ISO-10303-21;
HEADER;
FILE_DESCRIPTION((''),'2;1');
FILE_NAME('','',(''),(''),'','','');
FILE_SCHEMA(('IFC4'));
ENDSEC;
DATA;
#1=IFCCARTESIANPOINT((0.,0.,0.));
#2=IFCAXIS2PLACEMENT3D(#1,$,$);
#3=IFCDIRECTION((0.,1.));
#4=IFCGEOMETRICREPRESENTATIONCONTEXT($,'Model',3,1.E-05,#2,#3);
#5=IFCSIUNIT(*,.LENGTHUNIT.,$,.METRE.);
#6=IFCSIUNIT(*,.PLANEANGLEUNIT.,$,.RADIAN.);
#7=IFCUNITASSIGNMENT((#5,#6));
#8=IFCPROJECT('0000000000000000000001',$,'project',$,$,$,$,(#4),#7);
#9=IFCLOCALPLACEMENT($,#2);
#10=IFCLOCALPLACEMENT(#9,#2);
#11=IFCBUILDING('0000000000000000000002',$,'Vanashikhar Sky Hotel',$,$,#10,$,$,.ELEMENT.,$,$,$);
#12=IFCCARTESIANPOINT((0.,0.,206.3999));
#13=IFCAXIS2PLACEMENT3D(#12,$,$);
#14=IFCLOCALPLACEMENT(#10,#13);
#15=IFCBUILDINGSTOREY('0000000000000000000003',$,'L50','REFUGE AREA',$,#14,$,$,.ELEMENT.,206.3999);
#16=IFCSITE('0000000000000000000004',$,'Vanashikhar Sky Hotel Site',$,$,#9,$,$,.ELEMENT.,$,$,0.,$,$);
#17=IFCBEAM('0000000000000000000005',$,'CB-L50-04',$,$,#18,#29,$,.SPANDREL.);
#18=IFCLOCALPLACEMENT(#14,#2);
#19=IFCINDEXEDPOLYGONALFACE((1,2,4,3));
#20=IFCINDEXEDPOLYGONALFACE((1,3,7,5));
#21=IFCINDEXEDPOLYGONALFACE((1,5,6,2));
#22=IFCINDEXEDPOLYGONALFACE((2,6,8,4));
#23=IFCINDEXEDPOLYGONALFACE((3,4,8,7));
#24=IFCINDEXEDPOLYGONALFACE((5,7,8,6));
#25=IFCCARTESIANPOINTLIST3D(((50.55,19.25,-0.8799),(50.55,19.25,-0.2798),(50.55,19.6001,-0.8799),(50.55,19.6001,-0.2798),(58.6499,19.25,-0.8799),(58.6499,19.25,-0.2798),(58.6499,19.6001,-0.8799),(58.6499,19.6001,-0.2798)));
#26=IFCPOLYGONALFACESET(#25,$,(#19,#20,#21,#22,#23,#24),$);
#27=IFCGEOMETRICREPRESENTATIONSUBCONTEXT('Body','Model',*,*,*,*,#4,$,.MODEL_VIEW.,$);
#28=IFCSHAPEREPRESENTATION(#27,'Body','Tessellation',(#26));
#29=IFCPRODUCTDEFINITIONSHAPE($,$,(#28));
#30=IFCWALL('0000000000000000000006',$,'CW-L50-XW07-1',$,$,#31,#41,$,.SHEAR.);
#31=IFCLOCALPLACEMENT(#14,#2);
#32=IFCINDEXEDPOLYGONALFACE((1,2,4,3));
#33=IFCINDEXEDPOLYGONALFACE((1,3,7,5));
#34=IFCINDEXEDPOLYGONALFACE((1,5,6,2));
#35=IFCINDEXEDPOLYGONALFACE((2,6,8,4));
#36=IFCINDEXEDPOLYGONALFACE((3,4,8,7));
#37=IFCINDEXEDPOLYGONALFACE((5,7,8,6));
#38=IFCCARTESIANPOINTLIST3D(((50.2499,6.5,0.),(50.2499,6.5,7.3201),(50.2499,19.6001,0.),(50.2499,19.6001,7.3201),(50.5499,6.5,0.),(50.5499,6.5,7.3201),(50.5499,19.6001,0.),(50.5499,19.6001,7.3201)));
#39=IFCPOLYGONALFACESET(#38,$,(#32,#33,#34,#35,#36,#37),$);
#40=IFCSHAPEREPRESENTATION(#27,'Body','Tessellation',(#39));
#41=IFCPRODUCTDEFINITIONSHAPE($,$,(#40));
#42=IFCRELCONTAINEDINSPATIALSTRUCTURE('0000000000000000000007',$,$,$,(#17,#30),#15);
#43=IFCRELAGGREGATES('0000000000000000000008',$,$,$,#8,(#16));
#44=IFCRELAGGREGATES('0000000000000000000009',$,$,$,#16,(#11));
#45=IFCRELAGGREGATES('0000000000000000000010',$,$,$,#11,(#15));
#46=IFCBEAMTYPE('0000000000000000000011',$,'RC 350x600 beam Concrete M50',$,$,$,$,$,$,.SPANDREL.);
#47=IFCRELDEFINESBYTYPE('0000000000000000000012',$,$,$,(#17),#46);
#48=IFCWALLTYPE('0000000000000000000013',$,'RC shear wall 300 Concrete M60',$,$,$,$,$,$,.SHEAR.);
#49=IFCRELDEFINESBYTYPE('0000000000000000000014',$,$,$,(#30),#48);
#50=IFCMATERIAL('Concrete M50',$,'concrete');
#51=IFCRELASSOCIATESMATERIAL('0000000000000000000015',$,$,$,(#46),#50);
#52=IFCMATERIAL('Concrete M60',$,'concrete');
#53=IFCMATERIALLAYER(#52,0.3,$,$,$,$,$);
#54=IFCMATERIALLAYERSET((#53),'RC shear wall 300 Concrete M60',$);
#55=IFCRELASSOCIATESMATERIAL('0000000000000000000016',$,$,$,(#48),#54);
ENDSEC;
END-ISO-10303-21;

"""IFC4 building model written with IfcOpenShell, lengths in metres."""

from ifc_helpers import new_model, si_unit, direction, frame, frame_2d, origin, origin_2d, place, context, subcontext, project, spatial, rectangle, extrude, source, transform, mapped, material, layer, layer_set, material_profile, profile_set, type_object, element, save


model = new_model("IFC4")

# Units and contexts
model_context = context("Model", 3, precision=1e-05, world=origin(), true_north=direction((0.0, 1.0)))
body_context = subcontext(model_context, "Body", "Model", "MODEL_VIEW")
ifc_project = project(units=[si_unit("LENGTHUNIT", "METRE"), si_unit("PLANEANGLEUNIT", "RADIAN")], contexts=[model_context])

# Site, building, storey
site_placement = place(None, origin())
site = spatial("IfcSite", under=ifc_project, at=site_placement, Name="Vanashikhar Sky Hotel Site", CompositionType="ELEMENT", RefElevation=0.0)
building_placement = place(site_placement, origin())
building = spatial("IfcBuilding", under=site, at=building_placement, Name="Vanashikhar Sky Hotel", CompositionType="ELEMENT")
storey_placement = place(building_placement, frame((0.0, 0.0, 206.3999)))
storey = spatial("IfcBuildingStorey", under=building, at=storey_placement, Name="L50", Description="REFUGE AREA", CompositionType="ELEMENT", Elevation=206.3999)

# Beam
ifc_material_1 = material(Name="Concrete M50", Category="concrete")
ifc_material_profile = material_profile(ifc_material_1, rectangle(XDim=0.3501, YDim=0.6001, at=origin_2d()))
ifc_profile_set = profile_set([ifc_material_profile], Name="RC 350x600 beam Concrete M50")
beam_type = type_object("IfcBeamType", Name="RC 350x600 beam Concrete M50", PredefinedType="SPANDREL", material=ifc_profile_set)
shared_shape_1 = source(origin(), body_context, "Body", "SweptSolid", [
    extrude(rectangle(XDim=0.3501, YDim=0.6001, at=origin_2d()), origin(), (0.0, 0.0, 1.0), 8.0999),
])
beam_placement = place(storey_placement, frame((50.55, 19.425, -0.5798), z_axis=(1.0, 0.0, 0.0), x_axis=(0.0, 1.0, 0.0)))
element("IfcBeam", 1, at=beam_placement, inside=storey, type_object=beam_type, Name="CB-L50-04", PredefinedType="SPANDREL", context=body_context, shape_type="MappedRepresentation", body=[
    mapped(shared_shape_1, transform((0.0, 0.0, 0.0), scale=1.0)),
])

# Wall
ifc_material_2 = material(Name="Concrete M60", Category="concrete")
ifc_layer = layer(ifc_material_2, 0.3)
ifc_layer_set = layer_set([ifc_layer], Name="RC shear wall 300 Concrete M60")
wall_type = type_object("IfcWallType", Name="RC shear wall 300 Concrete M60", PredefinedType="SHEAR", material=ifc_layer_set)
shared_shape_2 = source(origin(), body_context, "Body", "SweptSolid", [
    extrude(rectangle(XDim=13.1001, YDim=0.3, at=frame_2d((6.55, 0.0))), origin(), (0.0, 0.0, 1.0), 7.3201),
])
wall_placement = place(storey_placement, frame((50.3999, 6.5, 0.0), z_axis=(0.0, 0.0, 1.0), x_axis=(0.0, 1.0, 0.0)))
element("IfcWall", 2, at=wall_placement, inside=storey, type_object=wall_type, Name="CW-L50-XW07-1", PredefinedType="SHEAR", context=body_context, shape_type="MappedRepresentation", body=[
    mapped(shared_shape_2, transform((0.0, 0.0, 0.0), scale=1.0)),
])

save(model, "model.ifc")
